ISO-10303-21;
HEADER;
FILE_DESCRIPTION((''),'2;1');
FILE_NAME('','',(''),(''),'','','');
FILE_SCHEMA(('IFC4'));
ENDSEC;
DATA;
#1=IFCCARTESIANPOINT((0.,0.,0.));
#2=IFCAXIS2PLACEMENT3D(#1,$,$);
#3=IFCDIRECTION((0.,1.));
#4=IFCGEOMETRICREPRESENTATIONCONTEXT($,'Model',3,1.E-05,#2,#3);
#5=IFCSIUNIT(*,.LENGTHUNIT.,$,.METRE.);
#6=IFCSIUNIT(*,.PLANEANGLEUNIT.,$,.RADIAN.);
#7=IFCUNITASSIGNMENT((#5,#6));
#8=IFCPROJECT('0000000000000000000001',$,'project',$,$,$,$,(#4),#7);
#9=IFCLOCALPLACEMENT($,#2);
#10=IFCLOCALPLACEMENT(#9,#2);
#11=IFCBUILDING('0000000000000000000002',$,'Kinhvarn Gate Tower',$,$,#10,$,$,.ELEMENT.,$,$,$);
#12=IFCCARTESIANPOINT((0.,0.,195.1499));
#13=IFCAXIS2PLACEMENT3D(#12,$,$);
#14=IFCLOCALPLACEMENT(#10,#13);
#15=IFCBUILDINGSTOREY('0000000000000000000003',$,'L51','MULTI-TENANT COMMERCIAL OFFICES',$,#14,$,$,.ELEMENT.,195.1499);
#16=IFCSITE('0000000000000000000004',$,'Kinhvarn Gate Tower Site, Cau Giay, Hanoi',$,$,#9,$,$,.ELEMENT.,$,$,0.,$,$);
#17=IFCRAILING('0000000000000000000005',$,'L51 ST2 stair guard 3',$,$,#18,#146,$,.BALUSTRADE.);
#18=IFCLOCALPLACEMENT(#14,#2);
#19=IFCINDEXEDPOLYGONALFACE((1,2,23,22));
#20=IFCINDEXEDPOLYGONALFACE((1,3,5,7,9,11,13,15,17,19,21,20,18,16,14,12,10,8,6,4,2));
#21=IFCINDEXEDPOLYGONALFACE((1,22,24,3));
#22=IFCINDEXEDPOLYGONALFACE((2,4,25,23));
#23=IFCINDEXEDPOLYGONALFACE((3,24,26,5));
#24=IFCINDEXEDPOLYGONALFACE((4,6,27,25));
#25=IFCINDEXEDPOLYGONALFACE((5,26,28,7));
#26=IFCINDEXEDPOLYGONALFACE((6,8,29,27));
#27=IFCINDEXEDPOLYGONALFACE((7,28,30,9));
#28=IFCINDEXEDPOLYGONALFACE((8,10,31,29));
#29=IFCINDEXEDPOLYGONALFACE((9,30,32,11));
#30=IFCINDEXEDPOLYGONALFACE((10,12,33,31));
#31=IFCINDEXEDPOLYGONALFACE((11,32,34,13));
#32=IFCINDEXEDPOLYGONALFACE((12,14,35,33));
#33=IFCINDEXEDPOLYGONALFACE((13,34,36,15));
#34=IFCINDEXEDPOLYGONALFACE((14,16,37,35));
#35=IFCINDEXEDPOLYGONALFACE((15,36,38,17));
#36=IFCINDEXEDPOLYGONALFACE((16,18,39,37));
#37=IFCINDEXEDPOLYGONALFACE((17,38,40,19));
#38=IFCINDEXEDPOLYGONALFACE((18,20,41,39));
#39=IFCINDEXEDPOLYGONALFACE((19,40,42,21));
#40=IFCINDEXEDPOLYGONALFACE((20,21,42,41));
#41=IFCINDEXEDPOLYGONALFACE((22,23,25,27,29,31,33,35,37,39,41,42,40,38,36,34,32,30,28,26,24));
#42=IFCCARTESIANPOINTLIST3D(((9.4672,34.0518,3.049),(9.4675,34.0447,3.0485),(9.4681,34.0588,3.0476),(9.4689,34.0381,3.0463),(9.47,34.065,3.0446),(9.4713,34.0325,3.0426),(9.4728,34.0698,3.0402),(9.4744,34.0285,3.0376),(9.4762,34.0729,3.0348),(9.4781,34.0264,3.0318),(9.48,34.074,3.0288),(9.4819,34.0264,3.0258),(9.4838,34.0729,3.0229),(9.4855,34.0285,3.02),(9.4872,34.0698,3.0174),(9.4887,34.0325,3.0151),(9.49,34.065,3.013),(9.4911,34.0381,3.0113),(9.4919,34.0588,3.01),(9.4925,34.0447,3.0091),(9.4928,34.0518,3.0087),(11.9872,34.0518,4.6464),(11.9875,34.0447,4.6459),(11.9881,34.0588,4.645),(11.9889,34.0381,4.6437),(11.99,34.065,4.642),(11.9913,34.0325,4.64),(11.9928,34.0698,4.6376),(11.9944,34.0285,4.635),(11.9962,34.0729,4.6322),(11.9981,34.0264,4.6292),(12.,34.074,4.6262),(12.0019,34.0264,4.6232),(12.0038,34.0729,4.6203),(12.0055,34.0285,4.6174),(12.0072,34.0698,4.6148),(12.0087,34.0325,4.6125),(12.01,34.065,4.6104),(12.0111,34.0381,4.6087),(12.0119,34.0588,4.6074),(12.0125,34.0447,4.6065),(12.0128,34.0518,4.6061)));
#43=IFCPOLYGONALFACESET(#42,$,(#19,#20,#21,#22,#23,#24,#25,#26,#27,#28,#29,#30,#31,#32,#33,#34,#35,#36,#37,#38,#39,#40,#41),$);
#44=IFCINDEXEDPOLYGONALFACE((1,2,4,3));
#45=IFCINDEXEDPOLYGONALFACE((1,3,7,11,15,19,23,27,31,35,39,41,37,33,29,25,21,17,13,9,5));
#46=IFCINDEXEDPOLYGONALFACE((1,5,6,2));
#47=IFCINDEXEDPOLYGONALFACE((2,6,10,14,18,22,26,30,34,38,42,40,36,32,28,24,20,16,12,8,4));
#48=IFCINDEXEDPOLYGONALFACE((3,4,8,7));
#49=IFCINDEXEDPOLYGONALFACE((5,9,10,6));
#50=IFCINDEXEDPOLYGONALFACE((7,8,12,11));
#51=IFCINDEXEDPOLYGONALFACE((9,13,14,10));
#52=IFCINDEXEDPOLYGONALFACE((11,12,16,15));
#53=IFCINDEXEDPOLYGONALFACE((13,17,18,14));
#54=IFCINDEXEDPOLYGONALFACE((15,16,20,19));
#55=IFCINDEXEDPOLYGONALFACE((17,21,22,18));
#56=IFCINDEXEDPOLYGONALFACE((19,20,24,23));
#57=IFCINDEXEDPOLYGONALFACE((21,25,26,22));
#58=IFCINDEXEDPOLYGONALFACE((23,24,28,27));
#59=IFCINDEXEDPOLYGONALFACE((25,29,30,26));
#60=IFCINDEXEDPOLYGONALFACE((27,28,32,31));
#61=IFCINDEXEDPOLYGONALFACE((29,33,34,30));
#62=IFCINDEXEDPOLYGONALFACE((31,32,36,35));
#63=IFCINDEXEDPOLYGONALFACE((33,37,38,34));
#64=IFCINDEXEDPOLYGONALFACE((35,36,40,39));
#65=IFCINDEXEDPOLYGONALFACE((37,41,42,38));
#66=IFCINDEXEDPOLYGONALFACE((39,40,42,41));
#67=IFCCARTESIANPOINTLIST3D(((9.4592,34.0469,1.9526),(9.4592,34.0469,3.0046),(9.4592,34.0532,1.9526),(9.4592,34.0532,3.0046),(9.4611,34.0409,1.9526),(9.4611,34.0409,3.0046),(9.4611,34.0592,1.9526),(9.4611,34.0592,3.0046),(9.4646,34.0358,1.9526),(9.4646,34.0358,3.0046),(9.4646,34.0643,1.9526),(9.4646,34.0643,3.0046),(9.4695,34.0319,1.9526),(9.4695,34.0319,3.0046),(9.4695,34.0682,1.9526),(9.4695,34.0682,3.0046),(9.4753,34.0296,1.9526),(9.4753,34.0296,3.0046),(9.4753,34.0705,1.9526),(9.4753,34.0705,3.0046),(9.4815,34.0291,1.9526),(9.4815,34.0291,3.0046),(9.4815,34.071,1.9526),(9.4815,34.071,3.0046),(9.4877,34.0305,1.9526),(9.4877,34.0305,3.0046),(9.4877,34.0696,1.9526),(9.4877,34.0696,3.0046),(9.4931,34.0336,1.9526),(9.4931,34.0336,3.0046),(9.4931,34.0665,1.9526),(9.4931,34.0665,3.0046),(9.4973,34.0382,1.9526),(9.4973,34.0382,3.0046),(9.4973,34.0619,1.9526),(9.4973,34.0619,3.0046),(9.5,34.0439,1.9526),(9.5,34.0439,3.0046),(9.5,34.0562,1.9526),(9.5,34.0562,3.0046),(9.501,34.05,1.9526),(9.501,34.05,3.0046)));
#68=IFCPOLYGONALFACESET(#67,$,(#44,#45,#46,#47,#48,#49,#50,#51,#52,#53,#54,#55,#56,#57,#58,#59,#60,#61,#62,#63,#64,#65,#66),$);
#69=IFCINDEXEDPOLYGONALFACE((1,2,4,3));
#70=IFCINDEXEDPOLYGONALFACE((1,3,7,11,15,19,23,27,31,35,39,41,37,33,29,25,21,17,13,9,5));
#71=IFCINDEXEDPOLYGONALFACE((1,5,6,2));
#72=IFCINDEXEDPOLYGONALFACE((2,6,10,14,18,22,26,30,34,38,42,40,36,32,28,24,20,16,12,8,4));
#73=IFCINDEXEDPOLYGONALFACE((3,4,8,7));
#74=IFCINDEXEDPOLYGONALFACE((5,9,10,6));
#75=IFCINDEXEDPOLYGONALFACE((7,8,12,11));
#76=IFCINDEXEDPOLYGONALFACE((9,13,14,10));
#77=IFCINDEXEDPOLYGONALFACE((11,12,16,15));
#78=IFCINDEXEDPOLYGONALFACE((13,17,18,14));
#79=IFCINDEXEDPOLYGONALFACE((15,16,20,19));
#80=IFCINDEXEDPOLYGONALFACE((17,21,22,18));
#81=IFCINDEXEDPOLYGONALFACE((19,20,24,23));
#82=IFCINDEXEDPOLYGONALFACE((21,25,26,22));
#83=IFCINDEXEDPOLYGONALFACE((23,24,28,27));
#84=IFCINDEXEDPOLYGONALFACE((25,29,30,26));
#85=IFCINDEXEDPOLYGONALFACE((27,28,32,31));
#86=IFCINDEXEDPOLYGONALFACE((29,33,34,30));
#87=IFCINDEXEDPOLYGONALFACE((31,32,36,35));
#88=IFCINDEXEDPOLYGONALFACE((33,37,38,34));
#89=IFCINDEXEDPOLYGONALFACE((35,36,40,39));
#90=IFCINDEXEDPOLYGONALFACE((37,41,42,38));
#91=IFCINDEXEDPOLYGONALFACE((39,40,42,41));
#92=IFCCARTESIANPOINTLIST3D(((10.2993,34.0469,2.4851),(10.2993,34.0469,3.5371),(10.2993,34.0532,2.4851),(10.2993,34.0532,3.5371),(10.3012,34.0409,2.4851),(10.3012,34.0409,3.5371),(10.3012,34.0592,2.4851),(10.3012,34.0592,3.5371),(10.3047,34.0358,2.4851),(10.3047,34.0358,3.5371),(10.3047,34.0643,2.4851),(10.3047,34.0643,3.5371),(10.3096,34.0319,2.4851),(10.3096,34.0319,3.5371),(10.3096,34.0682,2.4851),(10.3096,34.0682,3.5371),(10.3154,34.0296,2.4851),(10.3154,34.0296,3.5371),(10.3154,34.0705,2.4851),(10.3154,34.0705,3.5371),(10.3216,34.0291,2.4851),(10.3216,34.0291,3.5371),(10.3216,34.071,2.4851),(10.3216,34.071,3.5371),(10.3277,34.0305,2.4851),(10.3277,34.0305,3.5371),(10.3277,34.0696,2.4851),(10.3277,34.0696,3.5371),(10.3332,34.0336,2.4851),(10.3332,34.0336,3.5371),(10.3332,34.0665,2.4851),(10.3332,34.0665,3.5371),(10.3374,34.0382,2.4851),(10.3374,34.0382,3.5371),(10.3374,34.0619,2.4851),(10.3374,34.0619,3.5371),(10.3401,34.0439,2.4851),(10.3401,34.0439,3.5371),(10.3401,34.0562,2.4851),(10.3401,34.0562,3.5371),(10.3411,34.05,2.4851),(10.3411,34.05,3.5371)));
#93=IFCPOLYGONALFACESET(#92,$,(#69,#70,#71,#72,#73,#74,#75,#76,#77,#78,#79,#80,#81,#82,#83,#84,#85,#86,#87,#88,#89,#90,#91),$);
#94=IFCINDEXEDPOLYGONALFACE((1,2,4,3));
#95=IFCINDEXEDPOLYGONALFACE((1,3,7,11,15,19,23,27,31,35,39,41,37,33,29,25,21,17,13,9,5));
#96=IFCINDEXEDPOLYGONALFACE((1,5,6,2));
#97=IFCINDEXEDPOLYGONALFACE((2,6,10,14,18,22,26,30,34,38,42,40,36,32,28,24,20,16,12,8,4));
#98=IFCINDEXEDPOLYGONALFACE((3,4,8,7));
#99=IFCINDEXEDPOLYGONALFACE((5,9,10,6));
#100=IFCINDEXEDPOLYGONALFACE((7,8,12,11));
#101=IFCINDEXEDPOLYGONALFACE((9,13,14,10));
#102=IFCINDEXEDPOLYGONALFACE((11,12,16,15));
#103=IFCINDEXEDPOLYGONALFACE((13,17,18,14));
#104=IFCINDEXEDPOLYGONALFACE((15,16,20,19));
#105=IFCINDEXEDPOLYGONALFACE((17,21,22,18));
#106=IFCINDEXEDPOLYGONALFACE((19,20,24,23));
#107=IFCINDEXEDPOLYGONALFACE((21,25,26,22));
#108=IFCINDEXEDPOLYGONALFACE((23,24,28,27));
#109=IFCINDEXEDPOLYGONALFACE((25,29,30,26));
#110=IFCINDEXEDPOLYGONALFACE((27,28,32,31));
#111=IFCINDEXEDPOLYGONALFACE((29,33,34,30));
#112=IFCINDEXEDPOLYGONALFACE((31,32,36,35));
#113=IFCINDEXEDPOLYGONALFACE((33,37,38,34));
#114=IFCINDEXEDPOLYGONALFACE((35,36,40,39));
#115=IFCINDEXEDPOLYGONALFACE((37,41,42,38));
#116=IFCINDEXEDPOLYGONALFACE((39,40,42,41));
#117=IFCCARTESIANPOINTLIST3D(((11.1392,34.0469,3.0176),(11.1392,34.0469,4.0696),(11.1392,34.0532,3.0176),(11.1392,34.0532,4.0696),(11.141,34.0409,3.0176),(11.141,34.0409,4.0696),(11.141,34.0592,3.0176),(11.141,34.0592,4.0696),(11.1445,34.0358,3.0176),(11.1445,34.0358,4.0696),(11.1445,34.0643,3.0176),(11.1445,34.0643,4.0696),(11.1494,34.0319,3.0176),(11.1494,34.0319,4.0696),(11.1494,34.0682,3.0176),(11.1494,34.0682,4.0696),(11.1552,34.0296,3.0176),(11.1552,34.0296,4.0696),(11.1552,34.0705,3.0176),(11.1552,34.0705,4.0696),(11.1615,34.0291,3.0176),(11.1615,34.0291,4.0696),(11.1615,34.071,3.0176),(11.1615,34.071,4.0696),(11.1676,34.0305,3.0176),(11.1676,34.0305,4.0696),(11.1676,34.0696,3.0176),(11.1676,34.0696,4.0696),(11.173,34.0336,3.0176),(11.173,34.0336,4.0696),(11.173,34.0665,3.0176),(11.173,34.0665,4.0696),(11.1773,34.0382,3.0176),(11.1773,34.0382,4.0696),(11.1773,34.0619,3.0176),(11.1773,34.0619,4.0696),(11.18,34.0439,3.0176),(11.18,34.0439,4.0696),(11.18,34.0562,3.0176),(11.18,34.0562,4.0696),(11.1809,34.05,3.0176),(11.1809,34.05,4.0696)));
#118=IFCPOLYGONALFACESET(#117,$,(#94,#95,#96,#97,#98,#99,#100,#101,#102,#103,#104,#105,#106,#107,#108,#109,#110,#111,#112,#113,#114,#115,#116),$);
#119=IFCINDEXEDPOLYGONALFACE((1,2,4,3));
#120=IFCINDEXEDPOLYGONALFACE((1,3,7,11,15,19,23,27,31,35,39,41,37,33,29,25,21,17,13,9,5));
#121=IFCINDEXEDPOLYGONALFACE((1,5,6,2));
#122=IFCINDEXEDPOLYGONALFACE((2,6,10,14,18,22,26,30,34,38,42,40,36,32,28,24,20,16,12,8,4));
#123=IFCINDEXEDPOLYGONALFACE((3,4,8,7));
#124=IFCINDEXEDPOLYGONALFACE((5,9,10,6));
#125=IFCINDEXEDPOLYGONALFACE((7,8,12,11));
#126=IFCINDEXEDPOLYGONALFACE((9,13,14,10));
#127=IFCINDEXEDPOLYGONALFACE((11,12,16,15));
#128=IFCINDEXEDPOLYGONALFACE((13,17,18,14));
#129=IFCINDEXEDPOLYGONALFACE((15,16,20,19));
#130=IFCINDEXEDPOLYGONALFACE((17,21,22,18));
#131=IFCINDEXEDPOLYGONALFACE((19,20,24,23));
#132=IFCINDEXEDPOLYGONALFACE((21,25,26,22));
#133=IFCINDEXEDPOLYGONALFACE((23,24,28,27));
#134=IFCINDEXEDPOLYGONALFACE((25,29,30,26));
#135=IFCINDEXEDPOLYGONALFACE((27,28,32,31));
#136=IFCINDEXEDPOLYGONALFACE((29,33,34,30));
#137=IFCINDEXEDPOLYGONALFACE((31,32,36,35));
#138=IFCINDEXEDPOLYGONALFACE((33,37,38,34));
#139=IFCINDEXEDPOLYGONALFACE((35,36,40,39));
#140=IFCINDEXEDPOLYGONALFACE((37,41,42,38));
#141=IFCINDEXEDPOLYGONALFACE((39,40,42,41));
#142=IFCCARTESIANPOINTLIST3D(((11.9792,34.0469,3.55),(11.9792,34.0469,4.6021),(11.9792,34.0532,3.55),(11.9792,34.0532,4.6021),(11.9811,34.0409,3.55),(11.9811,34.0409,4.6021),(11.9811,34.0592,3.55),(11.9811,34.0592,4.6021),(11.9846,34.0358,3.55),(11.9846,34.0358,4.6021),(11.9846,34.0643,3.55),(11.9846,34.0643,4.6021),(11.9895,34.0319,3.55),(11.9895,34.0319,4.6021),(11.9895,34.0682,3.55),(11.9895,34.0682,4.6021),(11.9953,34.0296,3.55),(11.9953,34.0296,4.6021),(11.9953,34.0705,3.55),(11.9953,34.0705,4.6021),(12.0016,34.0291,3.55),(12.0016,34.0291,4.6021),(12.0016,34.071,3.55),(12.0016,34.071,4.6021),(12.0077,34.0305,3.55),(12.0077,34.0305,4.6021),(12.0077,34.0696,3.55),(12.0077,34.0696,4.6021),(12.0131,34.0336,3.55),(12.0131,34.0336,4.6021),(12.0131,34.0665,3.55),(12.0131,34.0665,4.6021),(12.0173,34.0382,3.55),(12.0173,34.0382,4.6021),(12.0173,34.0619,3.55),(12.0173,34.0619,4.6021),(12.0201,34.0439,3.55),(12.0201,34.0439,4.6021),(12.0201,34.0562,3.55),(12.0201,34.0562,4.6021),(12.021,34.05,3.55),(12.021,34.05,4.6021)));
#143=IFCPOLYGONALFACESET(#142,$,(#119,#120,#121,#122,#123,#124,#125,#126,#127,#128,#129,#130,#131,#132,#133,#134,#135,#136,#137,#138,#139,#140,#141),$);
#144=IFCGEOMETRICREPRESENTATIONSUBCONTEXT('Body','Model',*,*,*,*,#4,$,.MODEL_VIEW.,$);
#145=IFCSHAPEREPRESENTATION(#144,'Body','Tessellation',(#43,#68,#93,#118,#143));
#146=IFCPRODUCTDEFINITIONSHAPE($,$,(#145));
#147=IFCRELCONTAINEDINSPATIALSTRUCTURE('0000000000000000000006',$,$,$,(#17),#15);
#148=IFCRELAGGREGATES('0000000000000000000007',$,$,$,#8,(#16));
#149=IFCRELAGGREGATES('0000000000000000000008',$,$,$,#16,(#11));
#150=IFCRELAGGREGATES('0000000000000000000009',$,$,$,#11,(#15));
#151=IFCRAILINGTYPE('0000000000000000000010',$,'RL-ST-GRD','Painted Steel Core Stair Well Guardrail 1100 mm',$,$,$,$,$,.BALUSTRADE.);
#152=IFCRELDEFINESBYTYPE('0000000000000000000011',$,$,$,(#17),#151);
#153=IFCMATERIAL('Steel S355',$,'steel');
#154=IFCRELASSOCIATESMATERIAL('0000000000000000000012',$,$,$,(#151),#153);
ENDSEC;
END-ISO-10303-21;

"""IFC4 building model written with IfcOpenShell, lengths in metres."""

from ifc_helpers import new_model, si_unit, direction, frame, origin, origin_2d, place, context, subcontext, project, spatial, circle, extrude, material, type_object, element, save


model = new_model("IFC4")

# Units and contexts
model_context = context("Model", 3, precision=1e-05, world=origin(), true_north=direction((0.0, 1.0)))
body_context = subcontext(model_context, "Body", "Model", "MODEL_VIEW")
ifc_project = project(units=[si_unit("LENGTHUNIT", "METRE"), si_unit("PLANEANGLEUNIT", "RADIAN")], contexts=[model_context])

# Site, building, storey
site_placement = place(None, origin())
site = spatial("IfcSite", under=ifc_project, at=site_placement, Name="Kinhvarn Gate Tower Site, Cau Giay, Hanoi", CompositionType="ELEMENT", RefElevation=0.0)
building_placement = place(site_placement, origin())
building = spatial("IfcBuilding", under=site, at=building_placement, Name="Kinhvarn Gate Tower", CompositionType="ELEMENT")
storey_placement = place(building_placement, frame((0.0, 0.0, 195.1499)))
storey = spatial("IfcBuildingStorey", under=building, at=storey_placement, Name="L51", Description="MULTI-TENANT COMMERCIAL OFFICES", CompositionType="ELEMENT", Elevation=195.1499)

# Railing
ifc_material_1 = material(Name="Steel S355", Category="steel")
railing_type_1 = type_object("IfcRailingType", Name="RL-ST-GRD", Description="Painted Steel Core Stair Well Guardrail 1100 mm", PredefinedType="BALUSTRADE", material=ifc_material_1)
railing_1_placement = place(storey_placement, frame((9.48, 34.05, 1.9526)))
element("IfcRailing", 1, at=railing_1_placement, inside=storey, type_object=railing_type_1, Name="L51 ST2 stair guard 3", PredefinedType="BALUSTRADE", context=body_context, shape_type="SweptSolid", body=[
    extrude(circle(Radius=0.0239, at=origin_2d()), frame((0.0, 0.0, 1.0762), z_axis=(0.844607, 0.0, 0.535387), x_axis=(0.0, 1.0, 0.0)), (0.0, 0.0, 1.0), 2.9836),
    extrude(circle(Radius=0.021, at=origin_2d()), origin(), (0.0, 0.0, 1.0), 1.052),
    extrude(circle(Radius=0.021, at=origin_2d()), frame((0.8401, 0.0, 0.5325)), (0.0, 0.0, 1.0), 1.052),
    extrude(circle(Radius=0.021, at=origin_2d()), frame((1.6799, 0.0, 1.0649)), (0.0, 0.0, 1.0), 1.052),
    extrude(circle(Radius=0.021, at=origin_2d()), frame((2.52, 0.0, 1.5974)), (0.0, 0.0, 1.0), 1.052),
])

save(model, "model.ifc")
